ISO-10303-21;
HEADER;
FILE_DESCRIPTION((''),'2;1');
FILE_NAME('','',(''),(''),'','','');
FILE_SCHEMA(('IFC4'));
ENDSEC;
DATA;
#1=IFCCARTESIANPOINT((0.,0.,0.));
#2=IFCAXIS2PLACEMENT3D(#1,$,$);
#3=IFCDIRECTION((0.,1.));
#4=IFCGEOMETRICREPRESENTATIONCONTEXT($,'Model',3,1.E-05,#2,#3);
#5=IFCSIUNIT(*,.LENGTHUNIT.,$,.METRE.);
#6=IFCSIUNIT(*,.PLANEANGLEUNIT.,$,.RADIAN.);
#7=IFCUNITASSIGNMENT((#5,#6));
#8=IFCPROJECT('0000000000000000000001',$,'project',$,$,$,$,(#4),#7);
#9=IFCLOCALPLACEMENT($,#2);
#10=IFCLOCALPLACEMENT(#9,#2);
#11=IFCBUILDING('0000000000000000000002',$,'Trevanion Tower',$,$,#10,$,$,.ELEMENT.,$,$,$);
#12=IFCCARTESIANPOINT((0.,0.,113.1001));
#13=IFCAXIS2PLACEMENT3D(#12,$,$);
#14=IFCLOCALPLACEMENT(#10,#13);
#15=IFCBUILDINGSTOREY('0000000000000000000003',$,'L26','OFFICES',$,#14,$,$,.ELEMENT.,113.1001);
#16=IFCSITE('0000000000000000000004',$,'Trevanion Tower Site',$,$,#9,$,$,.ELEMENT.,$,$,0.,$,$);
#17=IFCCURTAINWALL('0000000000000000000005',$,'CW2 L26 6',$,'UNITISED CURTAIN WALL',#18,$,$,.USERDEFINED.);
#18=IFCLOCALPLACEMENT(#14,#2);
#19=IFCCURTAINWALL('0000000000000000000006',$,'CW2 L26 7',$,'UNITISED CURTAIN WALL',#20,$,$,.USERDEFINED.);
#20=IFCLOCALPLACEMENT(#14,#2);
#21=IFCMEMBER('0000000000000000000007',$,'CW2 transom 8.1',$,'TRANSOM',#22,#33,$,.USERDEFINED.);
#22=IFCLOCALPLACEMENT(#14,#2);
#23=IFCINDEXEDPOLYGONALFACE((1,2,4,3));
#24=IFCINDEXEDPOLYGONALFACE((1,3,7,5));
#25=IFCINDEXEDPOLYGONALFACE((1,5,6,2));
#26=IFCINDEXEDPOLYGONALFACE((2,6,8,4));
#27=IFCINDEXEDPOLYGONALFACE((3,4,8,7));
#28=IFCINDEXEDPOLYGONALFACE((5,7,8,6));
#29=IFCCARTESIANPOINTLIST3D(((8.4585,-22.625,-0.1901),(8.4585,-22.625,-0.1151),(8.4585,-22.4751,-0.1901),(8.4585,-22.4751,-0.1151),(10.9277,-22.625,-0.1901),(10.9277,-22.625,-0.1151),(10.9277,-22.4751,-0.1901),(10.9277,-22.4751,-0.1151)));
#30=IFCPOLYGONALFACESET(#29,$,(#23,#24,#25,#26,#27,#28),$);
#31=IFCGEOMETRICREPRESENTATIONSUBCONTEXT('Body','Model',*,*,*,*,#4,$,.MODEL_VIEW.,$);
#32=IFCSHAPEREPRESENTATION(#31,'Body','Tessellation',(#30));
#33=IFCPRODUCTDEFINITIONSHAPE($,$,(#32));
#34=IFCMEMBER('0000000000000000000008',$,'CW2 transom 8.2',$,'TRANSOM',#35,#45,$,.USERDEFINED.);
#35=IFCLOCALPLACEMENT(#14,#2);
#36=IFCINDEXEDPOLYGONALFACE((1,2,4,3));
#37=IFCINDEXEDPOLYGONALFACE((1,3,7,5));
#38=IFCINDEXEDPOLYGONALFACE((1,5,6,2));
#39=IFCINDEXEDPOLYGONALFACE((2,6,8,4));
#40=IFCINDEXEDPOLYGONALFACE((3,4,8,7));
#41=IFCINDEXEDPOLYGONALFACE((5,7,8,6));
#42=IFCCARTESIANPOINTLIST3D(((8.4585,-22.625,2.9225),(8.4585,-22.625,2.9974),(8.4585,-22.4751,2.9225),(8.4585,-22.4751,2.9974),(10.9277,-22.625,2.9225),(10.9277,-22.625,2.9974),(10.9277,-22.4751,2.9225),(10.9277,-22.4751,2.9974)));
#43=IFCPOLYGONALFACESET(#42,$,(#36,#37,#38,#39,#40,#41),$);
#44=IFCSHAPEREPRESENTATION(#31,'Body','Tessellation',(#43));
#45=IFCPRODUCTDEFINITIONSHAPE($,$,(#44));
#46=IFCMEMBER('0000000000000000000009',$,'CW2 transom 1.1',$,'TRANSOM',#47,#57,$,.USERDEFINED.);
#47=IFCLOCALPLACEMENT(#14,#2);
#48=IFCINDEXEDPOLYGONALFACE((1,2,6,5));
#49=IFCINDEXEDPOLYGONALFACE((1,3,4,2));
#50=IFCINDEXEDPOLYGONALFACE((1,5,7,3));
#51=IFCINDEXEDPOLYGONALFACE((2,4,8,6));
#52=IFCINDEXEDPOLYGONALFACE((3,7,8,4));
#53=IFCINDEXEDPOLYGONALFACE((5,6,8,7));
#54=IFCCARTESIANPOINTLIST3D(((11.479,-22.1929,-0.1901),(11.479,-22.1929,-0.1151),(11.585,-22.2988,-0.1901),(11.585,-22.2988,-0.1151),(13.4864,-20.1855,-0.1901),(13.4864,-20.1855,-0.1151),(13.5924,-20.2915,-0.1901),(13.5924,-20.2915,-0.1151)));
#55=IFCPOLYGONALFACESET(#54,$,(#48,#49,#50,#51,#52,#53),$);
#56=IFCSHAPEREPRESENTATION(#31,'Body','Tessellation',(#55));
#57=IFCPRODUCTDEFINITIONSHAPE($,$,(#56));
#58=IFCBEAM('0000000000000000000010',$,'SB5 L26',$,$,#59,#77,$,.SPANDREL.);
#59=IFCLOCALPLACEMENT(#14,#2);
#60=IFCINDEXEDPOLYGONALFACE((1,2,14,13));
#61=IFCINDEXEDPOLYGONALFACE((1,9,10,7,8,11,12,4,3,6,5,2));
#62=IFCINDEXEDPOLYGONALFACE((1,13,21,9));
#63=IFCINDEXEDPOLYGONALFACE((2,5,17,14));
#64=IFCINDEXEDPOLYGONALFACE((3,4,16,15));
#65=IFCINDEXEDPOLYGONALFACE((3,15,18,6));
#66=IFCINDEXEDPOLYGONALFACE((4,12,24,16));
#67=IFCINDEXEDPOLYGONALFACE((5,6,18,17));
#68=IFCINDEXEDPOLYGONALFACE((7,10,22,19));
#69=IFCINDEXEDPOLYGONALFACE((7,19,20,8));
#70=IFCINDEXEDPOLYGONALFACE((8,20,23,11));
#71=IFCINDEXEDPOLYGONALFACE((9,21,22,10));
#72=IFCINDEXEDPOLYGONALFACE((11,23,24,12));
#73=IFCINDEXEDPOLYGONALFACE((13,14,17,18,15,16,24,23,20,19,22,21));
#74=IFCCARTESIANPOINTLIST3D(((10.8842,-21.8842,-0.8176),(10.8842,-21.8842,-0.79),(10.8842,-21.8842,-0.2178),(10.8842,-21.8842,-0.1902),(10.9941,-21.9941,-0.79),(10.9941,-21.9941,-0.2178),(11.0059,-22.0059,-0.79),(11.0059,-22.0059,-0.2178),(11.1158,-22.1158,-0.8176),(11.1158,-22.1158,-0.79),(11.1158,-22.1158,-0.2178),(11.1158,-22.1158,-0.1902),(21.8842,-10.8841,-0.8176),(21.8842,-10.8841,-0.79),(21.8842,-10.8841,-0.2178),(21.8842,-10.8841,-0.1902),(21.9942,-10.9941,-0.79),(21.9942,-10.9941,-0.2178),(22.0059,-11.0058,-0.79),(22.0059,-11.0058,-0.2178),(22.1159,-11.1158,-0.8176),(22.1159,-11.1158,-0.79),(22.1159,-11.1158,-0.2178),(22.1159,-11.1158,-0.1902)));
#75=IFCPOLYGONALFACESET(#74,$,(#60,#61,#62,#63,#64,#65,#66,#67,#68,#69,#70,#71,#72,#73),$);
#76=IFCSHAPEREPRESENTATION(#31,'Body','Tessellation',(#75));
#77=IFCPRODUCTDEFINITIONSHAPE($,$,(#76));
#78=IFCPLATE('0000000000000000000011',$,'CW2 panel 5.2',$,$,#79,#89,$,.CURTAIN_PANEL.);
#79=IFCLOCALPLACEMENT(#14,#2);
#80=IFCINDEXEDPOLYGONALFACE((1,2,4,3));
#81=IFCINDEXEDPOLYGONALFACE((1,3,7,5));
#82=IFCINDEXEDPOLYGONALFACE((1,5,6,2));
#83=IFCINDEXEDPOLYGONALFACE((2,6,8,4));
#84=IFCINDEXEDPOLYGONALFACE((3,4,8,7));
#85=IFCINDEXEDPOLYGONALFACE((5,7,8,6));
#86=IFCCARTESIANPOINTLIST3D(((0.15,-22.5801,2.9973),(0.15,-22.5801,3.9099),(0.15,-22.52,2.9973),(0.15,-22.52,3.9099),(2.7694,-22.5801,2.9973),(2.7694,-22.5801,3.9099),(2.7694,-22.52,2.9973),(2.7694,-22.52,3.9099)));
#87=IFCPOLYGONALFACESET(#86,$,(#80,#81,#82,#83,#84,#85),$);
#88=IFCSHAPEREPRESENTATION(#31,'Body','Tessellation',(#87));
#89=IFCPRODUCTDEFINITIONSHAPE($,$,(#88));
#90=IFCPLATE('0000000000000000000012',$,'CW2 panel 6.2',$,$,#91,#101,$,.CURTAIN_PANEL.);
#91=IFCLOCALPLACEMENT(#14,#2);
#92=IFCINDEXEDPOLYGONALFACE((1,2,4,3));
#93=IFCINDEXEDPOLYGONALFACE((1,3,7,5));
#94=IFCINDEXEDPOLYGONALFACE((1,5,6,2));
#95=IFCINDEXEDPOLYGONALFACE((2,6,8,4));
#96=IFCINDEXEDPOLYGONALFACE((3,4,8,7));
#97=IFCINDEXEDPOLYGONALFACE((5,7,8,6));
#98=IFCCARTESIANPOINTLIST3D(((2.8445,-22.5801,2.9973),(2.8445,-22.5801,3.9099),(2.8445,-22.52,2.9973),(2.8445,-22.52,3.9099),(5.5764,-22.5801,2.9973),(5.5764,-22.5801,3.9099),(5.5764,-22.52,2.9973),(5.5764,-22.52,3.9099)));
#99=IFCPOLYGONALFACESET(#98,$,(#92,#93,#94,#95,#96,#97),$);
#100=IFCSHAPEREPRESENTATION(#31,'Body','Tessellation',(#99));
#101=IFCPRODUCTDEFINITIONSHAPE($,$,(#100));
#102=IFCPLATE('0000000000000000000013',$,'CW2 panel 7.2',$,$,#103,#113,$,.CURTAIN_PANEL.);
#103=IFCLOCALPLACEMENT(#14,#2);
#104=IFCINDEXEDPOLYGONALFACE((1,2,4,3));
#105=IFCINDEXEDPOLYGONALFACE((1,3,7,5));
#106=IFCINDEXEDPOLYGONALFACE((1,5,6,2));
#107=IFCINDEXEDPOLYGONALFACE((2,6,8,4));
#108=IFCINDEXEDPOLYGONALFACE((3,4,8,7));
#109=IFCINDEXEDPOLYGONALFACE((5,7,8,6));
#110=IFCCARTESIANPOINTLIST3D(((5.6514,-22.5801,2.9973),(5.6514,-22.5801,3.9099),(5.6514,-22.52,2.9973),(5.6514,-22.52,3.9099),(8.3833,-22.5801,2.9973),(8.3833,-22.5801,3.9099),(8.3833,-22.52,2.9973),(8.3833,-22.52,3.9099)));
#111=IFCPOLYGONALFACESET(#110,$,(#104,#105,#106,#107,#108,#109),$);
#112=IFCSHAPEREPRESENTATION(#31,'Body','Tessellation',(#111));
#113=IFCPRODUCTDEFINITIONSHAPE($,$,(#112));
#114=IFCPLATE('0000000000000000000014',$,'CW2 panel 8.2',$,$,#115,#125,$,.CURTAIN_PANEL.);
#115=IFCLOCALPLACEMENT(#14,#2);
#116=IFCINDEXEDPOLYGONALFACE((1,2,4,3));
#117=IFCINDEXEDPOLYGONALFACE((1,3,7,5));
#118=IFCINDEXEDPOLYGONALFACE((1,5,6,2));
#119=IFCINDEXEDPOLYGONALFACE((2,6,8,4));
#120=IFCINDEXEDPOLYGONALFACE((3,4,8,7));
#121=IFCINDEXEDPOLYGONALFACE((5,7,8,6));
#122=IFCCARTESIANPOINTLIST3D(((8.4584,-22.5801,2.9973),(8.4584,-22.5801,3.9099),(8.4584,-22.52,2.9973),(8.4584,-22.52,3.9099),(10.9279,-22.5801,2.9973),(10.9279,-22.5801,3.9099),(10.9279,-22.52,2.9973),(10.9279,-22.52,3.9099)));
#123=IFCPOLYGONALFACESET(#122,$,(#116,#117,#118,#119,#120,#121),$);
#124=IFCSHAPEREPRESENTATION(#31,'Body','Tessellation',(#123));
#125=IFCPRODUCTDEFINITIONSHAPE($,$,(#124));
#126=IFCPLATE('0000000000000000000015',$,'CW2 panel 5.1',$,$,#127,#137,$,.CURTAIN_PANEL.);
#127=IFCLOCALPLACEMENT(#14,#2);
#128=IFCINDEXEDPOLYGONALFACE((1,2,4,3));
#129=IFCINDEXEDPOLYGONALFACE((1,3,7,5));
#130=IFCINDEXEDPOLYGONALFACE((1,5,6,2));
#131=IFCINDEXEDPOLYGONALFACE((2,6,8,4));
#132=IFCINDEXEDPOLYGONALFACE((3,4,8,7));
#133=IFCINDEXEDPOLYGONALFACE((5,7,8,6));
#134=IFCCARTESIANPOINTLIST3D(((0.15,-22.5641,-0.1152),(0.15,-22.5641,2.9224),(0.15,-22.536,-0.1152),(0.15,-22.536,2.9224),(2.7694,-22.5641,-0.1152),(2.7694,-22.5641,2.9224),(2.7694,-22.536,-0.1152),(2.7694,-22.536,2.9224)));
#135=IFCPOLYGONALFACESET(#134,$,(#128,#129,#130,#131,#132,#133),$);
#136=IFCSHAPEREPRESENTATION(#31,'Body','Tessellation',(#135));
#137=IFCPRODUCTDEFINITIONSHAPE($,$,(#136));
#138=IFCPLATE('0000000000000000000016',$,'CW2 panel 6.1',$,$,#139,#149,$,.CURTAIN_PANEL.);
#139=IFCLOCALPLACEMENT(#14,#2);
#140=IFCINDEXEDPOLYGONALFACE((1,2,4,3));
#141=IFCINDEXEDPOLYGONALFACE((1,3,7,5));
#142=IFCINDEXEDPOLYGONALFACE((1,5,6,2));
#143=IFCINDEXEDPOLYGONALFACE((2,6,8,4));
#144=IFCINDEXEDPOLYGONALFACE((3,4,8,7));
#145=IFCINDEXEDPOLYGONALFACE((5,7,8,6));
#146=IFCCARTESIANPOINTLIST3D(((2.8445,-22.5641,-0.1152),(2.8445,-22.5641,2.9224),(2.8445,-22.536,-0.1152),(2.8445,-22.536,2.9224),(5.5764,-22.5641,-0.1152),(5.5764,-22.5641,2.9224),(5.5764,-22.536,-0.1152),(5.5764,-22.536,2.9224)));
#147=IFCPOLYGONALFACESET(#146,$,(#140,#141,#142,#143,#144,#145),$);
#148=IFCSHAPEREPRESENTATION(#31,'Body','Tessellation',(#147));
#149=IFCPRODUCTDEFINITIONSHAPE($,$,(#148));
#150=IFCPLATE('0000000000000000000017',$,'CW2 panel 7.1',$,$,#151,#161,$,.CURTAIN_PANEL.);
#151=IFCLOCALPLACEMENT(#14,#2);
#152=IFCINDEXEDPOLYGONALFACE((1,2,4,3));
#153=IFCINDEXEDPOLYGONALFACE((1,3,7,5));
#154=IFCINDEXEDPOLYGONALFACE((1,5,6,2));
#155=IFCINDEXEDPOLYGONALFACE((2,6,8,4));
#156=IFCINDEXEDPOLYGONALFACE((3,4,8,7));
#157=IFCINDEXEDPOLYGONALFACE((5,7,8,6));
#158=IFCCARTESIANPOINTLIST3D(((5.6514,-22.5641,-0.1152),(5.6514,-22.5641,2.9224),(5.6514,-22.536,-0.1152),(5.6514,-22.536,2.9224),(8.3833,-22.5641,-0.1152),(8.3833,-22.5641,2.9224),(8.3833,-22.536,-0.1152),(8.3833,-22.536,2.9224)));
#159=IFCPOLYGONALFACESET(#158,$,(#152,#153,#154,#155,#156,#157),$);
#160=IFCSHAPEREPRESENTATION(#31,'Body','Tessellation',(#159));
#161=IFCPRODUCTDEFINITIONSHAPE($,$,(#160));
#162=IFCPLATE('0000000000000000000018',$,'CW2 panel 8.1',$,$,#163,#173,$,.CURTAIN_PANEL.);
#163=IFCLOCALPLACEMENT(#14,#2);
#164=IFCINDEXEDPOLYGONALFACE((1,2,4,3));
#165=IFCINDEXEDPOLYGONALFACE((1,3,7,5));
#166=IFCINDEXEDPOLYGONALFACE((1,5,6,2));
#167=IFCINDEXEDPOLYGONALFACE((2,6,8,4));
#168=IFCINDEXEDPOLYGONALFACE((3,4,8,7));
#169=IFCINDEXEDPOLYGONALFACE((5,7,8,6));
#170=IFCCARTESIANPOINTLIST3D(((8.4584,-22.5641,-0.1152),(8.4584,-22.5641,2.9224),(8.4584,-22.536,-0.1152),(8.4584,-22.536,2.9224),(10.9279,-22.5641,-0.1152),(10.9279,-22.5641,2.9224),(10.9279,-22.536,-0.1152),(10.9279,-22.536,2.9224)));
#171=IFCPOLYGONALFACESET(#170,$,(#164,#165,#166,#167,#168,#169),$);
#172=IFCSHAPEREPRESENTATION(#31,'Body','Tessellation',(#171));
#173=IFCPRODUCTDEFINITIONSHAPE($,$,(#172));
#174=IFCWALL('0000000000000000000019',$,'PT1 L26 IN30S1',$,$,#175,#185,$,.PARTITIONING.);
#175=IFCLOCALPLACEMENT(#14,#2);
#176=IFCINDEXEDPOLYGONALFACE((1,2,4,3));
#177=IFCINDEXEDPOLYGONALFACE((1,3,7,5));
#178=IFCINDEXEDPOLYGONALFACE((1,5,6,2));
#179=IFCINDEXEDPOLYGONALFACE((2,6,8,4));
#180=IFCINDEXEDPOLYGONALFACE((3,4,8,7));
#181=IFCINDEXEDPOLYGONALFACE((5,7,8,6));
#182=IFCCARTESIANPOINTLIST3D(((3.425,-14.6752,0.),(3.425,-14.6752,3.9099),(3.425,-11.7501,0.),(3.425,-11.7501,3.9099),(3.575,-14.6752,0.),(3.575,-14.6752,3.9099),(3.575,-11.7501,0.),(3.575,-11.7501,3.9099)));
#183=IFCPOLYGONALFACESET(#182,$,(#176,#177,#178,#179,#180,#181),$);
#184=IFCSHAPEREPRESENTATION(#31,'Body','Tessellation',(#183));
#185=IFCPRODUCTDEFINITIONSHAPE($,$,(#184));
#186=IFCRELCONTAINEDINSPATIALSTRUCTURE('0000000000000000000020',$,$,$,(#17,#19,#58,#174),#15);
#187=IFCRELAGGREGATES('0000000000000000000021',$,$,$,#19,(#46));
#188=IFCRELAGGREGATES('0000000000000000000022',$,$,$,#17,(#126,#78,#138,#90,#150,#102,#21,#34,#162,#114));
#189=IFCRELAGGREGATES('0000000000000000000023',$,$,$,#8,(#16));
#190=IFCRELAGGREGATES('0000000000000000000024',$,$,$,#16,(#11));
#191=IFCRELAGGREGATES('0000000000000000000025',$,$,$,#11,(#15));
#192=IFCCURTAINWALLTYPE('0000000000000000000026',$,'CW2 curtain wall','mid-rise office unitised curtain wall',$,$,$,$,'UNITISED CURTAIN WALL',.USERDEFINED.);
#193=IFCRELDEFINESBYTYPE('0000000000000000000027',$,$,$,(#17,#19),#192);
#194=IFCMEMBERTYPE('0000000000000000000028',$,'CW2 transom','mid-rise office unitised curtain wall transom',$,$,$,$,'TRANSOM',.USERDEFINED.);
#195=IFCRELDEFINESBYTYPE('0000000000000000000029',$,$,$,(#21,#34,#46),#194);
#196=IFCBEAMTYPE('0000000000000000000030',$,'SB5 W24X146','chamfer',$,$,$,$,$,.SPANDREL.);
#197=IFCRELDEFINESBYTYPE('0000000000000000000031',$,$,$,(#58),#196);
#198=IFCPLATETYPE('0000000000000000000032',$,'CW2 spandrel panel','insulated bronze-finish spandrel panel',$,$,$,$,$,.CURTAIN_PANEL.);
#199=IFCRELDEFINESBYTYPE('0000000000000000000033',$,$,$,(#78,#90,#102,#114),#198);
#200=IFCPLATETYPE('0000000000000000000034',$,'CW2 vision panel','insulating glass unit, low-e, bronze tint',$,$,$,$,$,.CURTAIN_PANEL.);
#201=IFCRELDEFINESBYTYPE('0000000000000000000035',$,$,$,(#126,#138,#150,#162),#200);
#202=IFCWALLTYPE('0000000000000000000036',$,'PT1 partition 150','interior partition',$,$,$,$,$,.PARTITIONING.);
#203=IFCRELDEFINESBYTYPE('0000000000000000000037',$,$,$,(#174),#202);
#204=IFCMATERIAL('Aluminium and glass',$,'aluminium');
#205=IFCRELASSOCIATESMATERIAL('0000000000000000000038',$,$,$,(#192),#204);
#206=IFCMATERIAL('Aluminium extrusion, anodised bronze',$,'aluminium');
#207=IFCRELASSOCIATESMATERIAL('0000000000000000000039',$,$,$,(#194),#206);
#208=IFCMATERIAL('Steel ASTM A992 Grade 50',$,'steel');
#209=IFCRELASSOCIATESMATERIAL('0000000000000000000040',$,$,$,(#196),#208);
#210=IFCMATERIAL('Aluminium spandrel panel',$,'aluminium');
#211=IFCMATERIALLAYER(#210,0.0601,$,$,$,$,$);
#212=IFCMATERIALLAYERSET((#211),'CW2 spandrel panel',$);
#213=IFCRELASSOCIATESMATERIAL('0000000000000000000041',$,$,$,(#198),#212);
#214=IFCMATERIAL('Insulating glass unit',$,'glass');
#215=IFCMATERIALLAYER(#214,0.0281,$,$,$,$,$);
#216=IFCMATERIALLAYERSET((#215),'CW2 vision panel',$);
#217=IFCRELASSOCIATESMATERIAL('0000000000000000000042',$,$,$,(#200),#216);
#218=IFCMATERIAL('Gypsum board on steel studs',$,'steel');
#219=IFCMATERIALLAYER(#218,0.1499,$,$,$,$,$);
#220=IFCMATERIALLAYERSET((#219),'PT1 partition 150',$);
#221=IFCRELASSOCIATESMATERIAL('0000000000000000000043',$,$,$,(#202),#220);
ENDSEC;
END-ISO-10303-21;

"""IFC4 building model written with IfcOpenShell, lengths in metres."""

from ifc_helpers import new_model, si_unit, direction, frame, frame_2d, origin, origin_2d, place, context, subcontext, project, spatial, rectangle, i_section, extrude, material, layer, layer_set, material_profile, profile_set, type_object, element, aggregate, save


model = new_model("IFC4")

# Units and contexts
model_context = context("Model", 3, precision=1e-05, world=origin(), true_north=direction((0.0, 1.0)))
body_context = subcontext(model_context, "Body", "Model", "MODEL_VIEW")
ifc_project = project(units=[si_unit("LENGTHUNIT", "METRE"), si_unit("PLANEANGLEUNIT", "RADIAN")], contexts=[model_context])

# Site, building, storey
site_placement = place(None, origin())
site = spatial("IfcSite", under=ifc_project, at=site_placement, Name="Trevanion Tower Site", CompositionType="ELEMENT", RefElevation=0.0)
building_placement = place(site_placement, origin())
building = spatial("IfcBuilding", under=site, at=building_placement, Name="Trevanion Tower", CompositionType="ELEMENT")
storey_placement = place(building_placement, frame((0.0, 0.0, 113.1001)))
storey = spatial("IfcBuildingStorey", under=building, at=storey_placement, Name="L26", Description="OFFICES", CompositionType="ELEMENT", Elevation=113.1001)

# Curtain wall
ifc_material_1 = material(Name="Aluminium and glass", Category="aluminium")
curtain_wall_type = type_object("IfcCurtainWallType", Name="CW2 curtain wall", Description="mid-rise office unitised curtain wall", ElementType="UNITISED CURTAIN WALL", PredefinedType="USERDEFINED", material=ifc_material_1)
curtain_wall_1_placement = place(storey_placement, origin())
curtain_wall_1 = element("IfcCurtainWall", 1, at=curtain_wall_1_placement, inside=storey, type_object=curtain_wall_type, Name="CW2 L26 6", ObjectType="UNITISED CURTAIN WALL", PredefinedType="USERDEFINED")

# Curtain wall
curtain_wall_2_placement = place(storey_placement, origin())
curtain_wall_2 = element("IfcCurtainWall", 2, at=curtain_wall_2_placement, inside=storey, type_object=curtain_wall_type, Name="CW2 L26 7", ObjectType="UNITISED CURTAIN WALL", PredefinedType="USERDEFINED")

# Members
ifc_material_2 = material(Name="Aluminium extrusion, anodised bronze", Category="aluminium")
ifc_material_profile_1 = material_profile(ifc_material_2, rectangle(XDim=0.1499, YDim=0.075, at=origin_2d()), Name="CW2 transom")
ifc_profile_set_1 = profile_set([ifc_material_profile_1], Name="Aluminium extrusion, anodised bronze")
member_type_1 = type_object("IfcMemberType", Name="CW2 transom", Description="mid-rise office unitised curtain wall transom", ElementType="TRANSOM", PredefinedType="USERDEFINED", material=ifc_profile_set_1)
member_1_placement = place(storey_placement, frame((8.4585, -22.55, -0.1526), z_axis=(1.0, 0.0, 0.0), x_axis=(0.0, 1.0, 0.0)))
member_1 = element("IfcMember", 3, at=member_1_placement, type_object=member_type_1, Name="CW2 transom 8.1", ObjectType="TRANSOM", PredefinedType="USERDEFINED", context=body_context, shape_type="SweptSolid", body=[
    extrude(rectangle(XDim=0.1499, YDim=0.075, at=origin_2d()), origin(), (0.0, 0.0, 1.0), 2.4692),
])
member_2_placement = place(storey_placement, frame((8.4585, -22.55, 2.96), z_axis=(1.0, 0.0, 0.0), x_axis=(0.0, 1.0, 0.0)))
member_2 = element("IfcMember", 4, at=member_2_placement, type_object=member_type_1, Name="CW2 transom 8.2", ObjectType="TRANSOM", PredefinedType="USERDEFINED", context=body_context, shape_type="SweptSolid", body=[
    extrude(rectangle(XDim=0.1499, YDim=0.075, at=origin_2d()), origin(), (0.0, 0.0, 1.0), 2.4692),
])
member_3_placement = place(storey_placement, frame((11.532, -22.2458, -0.1526), z_axis=(0.707107, 0.707107, 0.0), x_axis=(-0.707107, 0.707107, 0.0)))
member_3 = element("IfcMember", 5, at=member_3_placement, type_object=member_type_1, Name="CW2 transom 1.1", ObjectType="TRANSOM", PredefinedType="USERDEFINED", context=body_context, shape_type="SweptSolid", body=[
    extrude(rectangle(XDim=0.1499, YDim=0.075, at=origin_2d()), origin(), (0.0, 0.0, 1.0), 2.8389),
])
aggregate(curtain_wall_2, [member_3])

# Beam
ifc_material_3 = material(Name="Steel ASTM A992 Grade 50", Category="steel")
ifc_material_profile_2 = material_profile(ifc_material_3, i_section(OverallWidth=0.3276, OverallDepth=0.6274, WebThickness=0.0166, FlangeThickness=0.0276, at=origin_2d()), Name="W24X146")
ifc_profile_set_2 = profile_set([ifc_material_profile_2], Name="Steel ASTM A992 Grade 50")
beam_type_1 = type_object("IfcBeamType", Name="SB5 W24X146", Description="chamfer", PredefinedType="SPANDREL", material=ifc_profile_set_2)
beam_1_placement = place(storey_placement, frame((11.0, -22.0, -0.5039), z_axis=(0.707107, 0.707107, 0.0), x_axis=(-0.707107, 0.707107, 0.0)))
element("IfcBeam", 6, at=beam_1_placement, inside=storey, type_object=beam_type_1, Name="SB5 L26", PredefinedType="SPANDREL", context=body_context, shape_type="SweptSolid", body=[
    extrude(i_section(OverallWidth=0.3276, OverallDepth=0.6274, WebThickness=0.0166, FlangeThickness=0.0276, at=origin_2d()), origin(), (0.0, 0.0, 1.0), 15.5564),
])

# Plates
ifc_material_4 = material(Name="Aluminium spandrel panel", Category="aluminium")
ifc_layer_1 = layer(ifc_material_4, 0.0601)
ifc_layer_set_1 = layer_set([ifc_layer_1], Name="CW2 spandrel panel")
plate_type_1 = type_object("IfcPlateType", Name="CW2 spandrel panel", Description="insulated bronze-finish spandrel panel", PredefinedType="CURTAIN_PANEL", material=ifc_layer_set_1)
plate_1_placement = place(storey_placement, frame((1.4597, -22.55, 2.9973), z_axis=(0.0, 0.0, 1.0), x_axis=(1.0, 0.0, 0.0)))
plate_1 = element("IfcPlate", 7, at=plate_1_placement, type_object=plate_type_1, Name="CW2 panel 5.2", PredefinedType="CURTAIN_PANEL", context=body_context, shape_type="SweptSolid", body=[
    extrude(rectangle(XDim=2.6194, YDim=0.0601, at=origin_2d()), origin(), (0.0, 0.0, 1.0), 0.9126),
])
plate_2_placement = place(storey_placement, frame((4.2104, -22.55, 2.9973), z_axis=(0.0, 0.0, 1.0), x_axis=(1.0, 0.0, 0.0)))
plate_2 = element("IfcPlate", 8, at=plate_2_placement, type_object=plate_type_1, Name="CW2 panel 6.2", PredefinedType="CURTAIN_PANEL", context=body_context, shape_type="SweptSolid", body=[
    extrude(rectangle(XDim=2.7319, YDim=0.0601, at=origin_2d()), origin(), (0.0, 0.0, 1.0), 0.9126),
])
plate_3_placement = place(storey_placement, frame((7.0173, -22.55, 2.9973), z_axis=(0.0, 0.0, 1.0), x_axis=(1.0, 0.0, 0.0)))
plate_3 = element("IfcPlate", 9, at=plate_3_placement, type_object=plate_type_1, Name="CW2 panel 7.2", PredefinedType="CURTAIN_PANEL", context=body_context, shape_type="SweptSolid", body=[
    extrude(rectangle(XDim=2.7319, YDim=0.0601, at=origin_2d()), origin(), (0.0, 0.0, 1.0), 0.9126),
])
plate_4_placement = place(storey_placement, frame((9.6931, -22.55, 2.9973), z_axis=(0.0, 0.0, 1.0), x_axis=(1.0, 0.0, 0.0)))
plate_4 = element("IfcPlate", 10, at=plate_4_placement, type_object=plate_type_1, Name="CW2 panel 8.2", PredefinedType="CURTAIN_PANEL", context=body_context, shape_type="SweptSolid", body=[
    extrude(rectangle(XDim=2.4695, YDim=0.0601, at=origin_2d()), origin(), (0.0, 0.0, 1.0), 0.9126),
])
ifc_material_5 = material(Name="Insulating glass unit", Category="glass")
ifc_layer_2 = layer(ifc_material_5, 0.0281)
ifc_layer_set_2 = layer_set([ifc_layer_2], Name="CW2 vision panel")
plate_type_2 = type_object("IfcPlateType", Name="CW2 vision panel", Description="insulating glass unit, low-e, bronze tint", PredefinedType="CURTAIN_PANEL", material=ifc_layer_set_2)
plate_5_placement = place(storey_placement, frame((1.4597, -22.55, -0.1152), z_axis=(0.0, 0.0, 1.0), x_axis=(1.0, 0.0, 0.0)))
plate_5 = element("IfcPlate", 11, at=plate_5_placement, type_object=plate_type_2, Name="CW2 panel 5.1", PredefinedType="CURTAIN_PANEL", context=body_context, shape_type="SweptSolid", body=[
    extrude(rectangle(XDim=2.6194, YDim=0.0281, at=origin_2d()), origin(), (0.0, 0.0, 1.0), 3.0376),
])
plate_6_placement = place(storey_placement, frame((4.2104, -22.55, -0.1152), z_axis=(0.0, 0.0, 1.0), x_axis=(1.0, 0.0, 0.0)))
plate_6 = element("IfcPlate", 12, at=plate_6_placement, type_object=plate_type_2, Name="CW2 panel 6.1", PredefinedType="CURTAIN_PANEL", context=body_context, shape_type="SweptSolid", body=[
    extrude(rectangle(XDim=2.7319, YDim=0.0281, at=origin_2d()), origin(), (0.0, 0.0, 1.0), 3.0376),
])
plate_7_placement = place(storey_placement, frame((7.0173, -22.55, -0.1152), z_axis=(0.0, 0.0, 1.0), x_axis=(1.0, 0.0, 0.0)))
plate_7 = element("IfcPlate", 13, at=plate_7_placement, type_object=plate_type_2, Name="CW2 panel 7.1", PredefinedType="CURTAIN_PANEL", context=body_context, shape_type="SweptSolid", body=[
    extrude(rectangle(XDim=2.7319, YDim=0.0281, at=origin_2d()), origin(), (0.0, 0.0, 1.0), 3.0376),
])
plate_8_placement = place(storey_placement, frame((9.6931, -22.55, -0.1152), z_axis=(0.0, 0.0, 1.0), x_axis=(1.0, 0.0, 0.0)))
plate_8 = element("IfcPlate", 14, at=plate_8_placement, type_object=plate_type_2, Name="CW2 panel 8.1", PredefinedType="CURTAIN_PANEL", context=body_context, shape_type="SweptSolid", body=[
    extrude(rectangle(XDim=2.4695, YDim=0.0281, at=origin_2d()), origin(), (0.0, 0.0, 1.0), 3.0376),
])
aggregate(curtain_wall_1, [plate_5, plate_1, plate_6, plate_2, plate_7, plate_3, member_1, member_2, plate_8, plate_4])

# Wall
ifc_material_6 = material(Name="Gypsum board on steel studs", Category="steel")
ifc_layer_3 = layer(ifc_material_6, 0.1499)
ifc_layer_set_3 = layer_set([ifc_layer_3], Name="PT1 partition 150")
wall_type_1 = type_object("IfcWallType", Name="PT1 partition 150", Description="interior partition", PredefinedType="PARTITIONING", material=ifc_layer_set_3)
wall_1_placement = place(storey_placement, frame((3.5, -14.675, 0.0), z_axis=(0.0, 0.0, 1.0), x_axis=(0.0, 1.0, 0.0)))
element("IfcWall", 15, at=wall_1_placement, inside=storey, type_object=wall_type_1, Name="PT1 L26 IN30S1", PredefinedType="PARTITIONING", context=body_context, shape_type="SweptSolid", body=[
    extrude(rectangle(XDim=2.925, YDim=0.1499, at=frame_2d((1.4624, 0.0))), origin(), (0.0, 0.0, 1.0), 3.9099),
])

save(model, "model.ifc")
